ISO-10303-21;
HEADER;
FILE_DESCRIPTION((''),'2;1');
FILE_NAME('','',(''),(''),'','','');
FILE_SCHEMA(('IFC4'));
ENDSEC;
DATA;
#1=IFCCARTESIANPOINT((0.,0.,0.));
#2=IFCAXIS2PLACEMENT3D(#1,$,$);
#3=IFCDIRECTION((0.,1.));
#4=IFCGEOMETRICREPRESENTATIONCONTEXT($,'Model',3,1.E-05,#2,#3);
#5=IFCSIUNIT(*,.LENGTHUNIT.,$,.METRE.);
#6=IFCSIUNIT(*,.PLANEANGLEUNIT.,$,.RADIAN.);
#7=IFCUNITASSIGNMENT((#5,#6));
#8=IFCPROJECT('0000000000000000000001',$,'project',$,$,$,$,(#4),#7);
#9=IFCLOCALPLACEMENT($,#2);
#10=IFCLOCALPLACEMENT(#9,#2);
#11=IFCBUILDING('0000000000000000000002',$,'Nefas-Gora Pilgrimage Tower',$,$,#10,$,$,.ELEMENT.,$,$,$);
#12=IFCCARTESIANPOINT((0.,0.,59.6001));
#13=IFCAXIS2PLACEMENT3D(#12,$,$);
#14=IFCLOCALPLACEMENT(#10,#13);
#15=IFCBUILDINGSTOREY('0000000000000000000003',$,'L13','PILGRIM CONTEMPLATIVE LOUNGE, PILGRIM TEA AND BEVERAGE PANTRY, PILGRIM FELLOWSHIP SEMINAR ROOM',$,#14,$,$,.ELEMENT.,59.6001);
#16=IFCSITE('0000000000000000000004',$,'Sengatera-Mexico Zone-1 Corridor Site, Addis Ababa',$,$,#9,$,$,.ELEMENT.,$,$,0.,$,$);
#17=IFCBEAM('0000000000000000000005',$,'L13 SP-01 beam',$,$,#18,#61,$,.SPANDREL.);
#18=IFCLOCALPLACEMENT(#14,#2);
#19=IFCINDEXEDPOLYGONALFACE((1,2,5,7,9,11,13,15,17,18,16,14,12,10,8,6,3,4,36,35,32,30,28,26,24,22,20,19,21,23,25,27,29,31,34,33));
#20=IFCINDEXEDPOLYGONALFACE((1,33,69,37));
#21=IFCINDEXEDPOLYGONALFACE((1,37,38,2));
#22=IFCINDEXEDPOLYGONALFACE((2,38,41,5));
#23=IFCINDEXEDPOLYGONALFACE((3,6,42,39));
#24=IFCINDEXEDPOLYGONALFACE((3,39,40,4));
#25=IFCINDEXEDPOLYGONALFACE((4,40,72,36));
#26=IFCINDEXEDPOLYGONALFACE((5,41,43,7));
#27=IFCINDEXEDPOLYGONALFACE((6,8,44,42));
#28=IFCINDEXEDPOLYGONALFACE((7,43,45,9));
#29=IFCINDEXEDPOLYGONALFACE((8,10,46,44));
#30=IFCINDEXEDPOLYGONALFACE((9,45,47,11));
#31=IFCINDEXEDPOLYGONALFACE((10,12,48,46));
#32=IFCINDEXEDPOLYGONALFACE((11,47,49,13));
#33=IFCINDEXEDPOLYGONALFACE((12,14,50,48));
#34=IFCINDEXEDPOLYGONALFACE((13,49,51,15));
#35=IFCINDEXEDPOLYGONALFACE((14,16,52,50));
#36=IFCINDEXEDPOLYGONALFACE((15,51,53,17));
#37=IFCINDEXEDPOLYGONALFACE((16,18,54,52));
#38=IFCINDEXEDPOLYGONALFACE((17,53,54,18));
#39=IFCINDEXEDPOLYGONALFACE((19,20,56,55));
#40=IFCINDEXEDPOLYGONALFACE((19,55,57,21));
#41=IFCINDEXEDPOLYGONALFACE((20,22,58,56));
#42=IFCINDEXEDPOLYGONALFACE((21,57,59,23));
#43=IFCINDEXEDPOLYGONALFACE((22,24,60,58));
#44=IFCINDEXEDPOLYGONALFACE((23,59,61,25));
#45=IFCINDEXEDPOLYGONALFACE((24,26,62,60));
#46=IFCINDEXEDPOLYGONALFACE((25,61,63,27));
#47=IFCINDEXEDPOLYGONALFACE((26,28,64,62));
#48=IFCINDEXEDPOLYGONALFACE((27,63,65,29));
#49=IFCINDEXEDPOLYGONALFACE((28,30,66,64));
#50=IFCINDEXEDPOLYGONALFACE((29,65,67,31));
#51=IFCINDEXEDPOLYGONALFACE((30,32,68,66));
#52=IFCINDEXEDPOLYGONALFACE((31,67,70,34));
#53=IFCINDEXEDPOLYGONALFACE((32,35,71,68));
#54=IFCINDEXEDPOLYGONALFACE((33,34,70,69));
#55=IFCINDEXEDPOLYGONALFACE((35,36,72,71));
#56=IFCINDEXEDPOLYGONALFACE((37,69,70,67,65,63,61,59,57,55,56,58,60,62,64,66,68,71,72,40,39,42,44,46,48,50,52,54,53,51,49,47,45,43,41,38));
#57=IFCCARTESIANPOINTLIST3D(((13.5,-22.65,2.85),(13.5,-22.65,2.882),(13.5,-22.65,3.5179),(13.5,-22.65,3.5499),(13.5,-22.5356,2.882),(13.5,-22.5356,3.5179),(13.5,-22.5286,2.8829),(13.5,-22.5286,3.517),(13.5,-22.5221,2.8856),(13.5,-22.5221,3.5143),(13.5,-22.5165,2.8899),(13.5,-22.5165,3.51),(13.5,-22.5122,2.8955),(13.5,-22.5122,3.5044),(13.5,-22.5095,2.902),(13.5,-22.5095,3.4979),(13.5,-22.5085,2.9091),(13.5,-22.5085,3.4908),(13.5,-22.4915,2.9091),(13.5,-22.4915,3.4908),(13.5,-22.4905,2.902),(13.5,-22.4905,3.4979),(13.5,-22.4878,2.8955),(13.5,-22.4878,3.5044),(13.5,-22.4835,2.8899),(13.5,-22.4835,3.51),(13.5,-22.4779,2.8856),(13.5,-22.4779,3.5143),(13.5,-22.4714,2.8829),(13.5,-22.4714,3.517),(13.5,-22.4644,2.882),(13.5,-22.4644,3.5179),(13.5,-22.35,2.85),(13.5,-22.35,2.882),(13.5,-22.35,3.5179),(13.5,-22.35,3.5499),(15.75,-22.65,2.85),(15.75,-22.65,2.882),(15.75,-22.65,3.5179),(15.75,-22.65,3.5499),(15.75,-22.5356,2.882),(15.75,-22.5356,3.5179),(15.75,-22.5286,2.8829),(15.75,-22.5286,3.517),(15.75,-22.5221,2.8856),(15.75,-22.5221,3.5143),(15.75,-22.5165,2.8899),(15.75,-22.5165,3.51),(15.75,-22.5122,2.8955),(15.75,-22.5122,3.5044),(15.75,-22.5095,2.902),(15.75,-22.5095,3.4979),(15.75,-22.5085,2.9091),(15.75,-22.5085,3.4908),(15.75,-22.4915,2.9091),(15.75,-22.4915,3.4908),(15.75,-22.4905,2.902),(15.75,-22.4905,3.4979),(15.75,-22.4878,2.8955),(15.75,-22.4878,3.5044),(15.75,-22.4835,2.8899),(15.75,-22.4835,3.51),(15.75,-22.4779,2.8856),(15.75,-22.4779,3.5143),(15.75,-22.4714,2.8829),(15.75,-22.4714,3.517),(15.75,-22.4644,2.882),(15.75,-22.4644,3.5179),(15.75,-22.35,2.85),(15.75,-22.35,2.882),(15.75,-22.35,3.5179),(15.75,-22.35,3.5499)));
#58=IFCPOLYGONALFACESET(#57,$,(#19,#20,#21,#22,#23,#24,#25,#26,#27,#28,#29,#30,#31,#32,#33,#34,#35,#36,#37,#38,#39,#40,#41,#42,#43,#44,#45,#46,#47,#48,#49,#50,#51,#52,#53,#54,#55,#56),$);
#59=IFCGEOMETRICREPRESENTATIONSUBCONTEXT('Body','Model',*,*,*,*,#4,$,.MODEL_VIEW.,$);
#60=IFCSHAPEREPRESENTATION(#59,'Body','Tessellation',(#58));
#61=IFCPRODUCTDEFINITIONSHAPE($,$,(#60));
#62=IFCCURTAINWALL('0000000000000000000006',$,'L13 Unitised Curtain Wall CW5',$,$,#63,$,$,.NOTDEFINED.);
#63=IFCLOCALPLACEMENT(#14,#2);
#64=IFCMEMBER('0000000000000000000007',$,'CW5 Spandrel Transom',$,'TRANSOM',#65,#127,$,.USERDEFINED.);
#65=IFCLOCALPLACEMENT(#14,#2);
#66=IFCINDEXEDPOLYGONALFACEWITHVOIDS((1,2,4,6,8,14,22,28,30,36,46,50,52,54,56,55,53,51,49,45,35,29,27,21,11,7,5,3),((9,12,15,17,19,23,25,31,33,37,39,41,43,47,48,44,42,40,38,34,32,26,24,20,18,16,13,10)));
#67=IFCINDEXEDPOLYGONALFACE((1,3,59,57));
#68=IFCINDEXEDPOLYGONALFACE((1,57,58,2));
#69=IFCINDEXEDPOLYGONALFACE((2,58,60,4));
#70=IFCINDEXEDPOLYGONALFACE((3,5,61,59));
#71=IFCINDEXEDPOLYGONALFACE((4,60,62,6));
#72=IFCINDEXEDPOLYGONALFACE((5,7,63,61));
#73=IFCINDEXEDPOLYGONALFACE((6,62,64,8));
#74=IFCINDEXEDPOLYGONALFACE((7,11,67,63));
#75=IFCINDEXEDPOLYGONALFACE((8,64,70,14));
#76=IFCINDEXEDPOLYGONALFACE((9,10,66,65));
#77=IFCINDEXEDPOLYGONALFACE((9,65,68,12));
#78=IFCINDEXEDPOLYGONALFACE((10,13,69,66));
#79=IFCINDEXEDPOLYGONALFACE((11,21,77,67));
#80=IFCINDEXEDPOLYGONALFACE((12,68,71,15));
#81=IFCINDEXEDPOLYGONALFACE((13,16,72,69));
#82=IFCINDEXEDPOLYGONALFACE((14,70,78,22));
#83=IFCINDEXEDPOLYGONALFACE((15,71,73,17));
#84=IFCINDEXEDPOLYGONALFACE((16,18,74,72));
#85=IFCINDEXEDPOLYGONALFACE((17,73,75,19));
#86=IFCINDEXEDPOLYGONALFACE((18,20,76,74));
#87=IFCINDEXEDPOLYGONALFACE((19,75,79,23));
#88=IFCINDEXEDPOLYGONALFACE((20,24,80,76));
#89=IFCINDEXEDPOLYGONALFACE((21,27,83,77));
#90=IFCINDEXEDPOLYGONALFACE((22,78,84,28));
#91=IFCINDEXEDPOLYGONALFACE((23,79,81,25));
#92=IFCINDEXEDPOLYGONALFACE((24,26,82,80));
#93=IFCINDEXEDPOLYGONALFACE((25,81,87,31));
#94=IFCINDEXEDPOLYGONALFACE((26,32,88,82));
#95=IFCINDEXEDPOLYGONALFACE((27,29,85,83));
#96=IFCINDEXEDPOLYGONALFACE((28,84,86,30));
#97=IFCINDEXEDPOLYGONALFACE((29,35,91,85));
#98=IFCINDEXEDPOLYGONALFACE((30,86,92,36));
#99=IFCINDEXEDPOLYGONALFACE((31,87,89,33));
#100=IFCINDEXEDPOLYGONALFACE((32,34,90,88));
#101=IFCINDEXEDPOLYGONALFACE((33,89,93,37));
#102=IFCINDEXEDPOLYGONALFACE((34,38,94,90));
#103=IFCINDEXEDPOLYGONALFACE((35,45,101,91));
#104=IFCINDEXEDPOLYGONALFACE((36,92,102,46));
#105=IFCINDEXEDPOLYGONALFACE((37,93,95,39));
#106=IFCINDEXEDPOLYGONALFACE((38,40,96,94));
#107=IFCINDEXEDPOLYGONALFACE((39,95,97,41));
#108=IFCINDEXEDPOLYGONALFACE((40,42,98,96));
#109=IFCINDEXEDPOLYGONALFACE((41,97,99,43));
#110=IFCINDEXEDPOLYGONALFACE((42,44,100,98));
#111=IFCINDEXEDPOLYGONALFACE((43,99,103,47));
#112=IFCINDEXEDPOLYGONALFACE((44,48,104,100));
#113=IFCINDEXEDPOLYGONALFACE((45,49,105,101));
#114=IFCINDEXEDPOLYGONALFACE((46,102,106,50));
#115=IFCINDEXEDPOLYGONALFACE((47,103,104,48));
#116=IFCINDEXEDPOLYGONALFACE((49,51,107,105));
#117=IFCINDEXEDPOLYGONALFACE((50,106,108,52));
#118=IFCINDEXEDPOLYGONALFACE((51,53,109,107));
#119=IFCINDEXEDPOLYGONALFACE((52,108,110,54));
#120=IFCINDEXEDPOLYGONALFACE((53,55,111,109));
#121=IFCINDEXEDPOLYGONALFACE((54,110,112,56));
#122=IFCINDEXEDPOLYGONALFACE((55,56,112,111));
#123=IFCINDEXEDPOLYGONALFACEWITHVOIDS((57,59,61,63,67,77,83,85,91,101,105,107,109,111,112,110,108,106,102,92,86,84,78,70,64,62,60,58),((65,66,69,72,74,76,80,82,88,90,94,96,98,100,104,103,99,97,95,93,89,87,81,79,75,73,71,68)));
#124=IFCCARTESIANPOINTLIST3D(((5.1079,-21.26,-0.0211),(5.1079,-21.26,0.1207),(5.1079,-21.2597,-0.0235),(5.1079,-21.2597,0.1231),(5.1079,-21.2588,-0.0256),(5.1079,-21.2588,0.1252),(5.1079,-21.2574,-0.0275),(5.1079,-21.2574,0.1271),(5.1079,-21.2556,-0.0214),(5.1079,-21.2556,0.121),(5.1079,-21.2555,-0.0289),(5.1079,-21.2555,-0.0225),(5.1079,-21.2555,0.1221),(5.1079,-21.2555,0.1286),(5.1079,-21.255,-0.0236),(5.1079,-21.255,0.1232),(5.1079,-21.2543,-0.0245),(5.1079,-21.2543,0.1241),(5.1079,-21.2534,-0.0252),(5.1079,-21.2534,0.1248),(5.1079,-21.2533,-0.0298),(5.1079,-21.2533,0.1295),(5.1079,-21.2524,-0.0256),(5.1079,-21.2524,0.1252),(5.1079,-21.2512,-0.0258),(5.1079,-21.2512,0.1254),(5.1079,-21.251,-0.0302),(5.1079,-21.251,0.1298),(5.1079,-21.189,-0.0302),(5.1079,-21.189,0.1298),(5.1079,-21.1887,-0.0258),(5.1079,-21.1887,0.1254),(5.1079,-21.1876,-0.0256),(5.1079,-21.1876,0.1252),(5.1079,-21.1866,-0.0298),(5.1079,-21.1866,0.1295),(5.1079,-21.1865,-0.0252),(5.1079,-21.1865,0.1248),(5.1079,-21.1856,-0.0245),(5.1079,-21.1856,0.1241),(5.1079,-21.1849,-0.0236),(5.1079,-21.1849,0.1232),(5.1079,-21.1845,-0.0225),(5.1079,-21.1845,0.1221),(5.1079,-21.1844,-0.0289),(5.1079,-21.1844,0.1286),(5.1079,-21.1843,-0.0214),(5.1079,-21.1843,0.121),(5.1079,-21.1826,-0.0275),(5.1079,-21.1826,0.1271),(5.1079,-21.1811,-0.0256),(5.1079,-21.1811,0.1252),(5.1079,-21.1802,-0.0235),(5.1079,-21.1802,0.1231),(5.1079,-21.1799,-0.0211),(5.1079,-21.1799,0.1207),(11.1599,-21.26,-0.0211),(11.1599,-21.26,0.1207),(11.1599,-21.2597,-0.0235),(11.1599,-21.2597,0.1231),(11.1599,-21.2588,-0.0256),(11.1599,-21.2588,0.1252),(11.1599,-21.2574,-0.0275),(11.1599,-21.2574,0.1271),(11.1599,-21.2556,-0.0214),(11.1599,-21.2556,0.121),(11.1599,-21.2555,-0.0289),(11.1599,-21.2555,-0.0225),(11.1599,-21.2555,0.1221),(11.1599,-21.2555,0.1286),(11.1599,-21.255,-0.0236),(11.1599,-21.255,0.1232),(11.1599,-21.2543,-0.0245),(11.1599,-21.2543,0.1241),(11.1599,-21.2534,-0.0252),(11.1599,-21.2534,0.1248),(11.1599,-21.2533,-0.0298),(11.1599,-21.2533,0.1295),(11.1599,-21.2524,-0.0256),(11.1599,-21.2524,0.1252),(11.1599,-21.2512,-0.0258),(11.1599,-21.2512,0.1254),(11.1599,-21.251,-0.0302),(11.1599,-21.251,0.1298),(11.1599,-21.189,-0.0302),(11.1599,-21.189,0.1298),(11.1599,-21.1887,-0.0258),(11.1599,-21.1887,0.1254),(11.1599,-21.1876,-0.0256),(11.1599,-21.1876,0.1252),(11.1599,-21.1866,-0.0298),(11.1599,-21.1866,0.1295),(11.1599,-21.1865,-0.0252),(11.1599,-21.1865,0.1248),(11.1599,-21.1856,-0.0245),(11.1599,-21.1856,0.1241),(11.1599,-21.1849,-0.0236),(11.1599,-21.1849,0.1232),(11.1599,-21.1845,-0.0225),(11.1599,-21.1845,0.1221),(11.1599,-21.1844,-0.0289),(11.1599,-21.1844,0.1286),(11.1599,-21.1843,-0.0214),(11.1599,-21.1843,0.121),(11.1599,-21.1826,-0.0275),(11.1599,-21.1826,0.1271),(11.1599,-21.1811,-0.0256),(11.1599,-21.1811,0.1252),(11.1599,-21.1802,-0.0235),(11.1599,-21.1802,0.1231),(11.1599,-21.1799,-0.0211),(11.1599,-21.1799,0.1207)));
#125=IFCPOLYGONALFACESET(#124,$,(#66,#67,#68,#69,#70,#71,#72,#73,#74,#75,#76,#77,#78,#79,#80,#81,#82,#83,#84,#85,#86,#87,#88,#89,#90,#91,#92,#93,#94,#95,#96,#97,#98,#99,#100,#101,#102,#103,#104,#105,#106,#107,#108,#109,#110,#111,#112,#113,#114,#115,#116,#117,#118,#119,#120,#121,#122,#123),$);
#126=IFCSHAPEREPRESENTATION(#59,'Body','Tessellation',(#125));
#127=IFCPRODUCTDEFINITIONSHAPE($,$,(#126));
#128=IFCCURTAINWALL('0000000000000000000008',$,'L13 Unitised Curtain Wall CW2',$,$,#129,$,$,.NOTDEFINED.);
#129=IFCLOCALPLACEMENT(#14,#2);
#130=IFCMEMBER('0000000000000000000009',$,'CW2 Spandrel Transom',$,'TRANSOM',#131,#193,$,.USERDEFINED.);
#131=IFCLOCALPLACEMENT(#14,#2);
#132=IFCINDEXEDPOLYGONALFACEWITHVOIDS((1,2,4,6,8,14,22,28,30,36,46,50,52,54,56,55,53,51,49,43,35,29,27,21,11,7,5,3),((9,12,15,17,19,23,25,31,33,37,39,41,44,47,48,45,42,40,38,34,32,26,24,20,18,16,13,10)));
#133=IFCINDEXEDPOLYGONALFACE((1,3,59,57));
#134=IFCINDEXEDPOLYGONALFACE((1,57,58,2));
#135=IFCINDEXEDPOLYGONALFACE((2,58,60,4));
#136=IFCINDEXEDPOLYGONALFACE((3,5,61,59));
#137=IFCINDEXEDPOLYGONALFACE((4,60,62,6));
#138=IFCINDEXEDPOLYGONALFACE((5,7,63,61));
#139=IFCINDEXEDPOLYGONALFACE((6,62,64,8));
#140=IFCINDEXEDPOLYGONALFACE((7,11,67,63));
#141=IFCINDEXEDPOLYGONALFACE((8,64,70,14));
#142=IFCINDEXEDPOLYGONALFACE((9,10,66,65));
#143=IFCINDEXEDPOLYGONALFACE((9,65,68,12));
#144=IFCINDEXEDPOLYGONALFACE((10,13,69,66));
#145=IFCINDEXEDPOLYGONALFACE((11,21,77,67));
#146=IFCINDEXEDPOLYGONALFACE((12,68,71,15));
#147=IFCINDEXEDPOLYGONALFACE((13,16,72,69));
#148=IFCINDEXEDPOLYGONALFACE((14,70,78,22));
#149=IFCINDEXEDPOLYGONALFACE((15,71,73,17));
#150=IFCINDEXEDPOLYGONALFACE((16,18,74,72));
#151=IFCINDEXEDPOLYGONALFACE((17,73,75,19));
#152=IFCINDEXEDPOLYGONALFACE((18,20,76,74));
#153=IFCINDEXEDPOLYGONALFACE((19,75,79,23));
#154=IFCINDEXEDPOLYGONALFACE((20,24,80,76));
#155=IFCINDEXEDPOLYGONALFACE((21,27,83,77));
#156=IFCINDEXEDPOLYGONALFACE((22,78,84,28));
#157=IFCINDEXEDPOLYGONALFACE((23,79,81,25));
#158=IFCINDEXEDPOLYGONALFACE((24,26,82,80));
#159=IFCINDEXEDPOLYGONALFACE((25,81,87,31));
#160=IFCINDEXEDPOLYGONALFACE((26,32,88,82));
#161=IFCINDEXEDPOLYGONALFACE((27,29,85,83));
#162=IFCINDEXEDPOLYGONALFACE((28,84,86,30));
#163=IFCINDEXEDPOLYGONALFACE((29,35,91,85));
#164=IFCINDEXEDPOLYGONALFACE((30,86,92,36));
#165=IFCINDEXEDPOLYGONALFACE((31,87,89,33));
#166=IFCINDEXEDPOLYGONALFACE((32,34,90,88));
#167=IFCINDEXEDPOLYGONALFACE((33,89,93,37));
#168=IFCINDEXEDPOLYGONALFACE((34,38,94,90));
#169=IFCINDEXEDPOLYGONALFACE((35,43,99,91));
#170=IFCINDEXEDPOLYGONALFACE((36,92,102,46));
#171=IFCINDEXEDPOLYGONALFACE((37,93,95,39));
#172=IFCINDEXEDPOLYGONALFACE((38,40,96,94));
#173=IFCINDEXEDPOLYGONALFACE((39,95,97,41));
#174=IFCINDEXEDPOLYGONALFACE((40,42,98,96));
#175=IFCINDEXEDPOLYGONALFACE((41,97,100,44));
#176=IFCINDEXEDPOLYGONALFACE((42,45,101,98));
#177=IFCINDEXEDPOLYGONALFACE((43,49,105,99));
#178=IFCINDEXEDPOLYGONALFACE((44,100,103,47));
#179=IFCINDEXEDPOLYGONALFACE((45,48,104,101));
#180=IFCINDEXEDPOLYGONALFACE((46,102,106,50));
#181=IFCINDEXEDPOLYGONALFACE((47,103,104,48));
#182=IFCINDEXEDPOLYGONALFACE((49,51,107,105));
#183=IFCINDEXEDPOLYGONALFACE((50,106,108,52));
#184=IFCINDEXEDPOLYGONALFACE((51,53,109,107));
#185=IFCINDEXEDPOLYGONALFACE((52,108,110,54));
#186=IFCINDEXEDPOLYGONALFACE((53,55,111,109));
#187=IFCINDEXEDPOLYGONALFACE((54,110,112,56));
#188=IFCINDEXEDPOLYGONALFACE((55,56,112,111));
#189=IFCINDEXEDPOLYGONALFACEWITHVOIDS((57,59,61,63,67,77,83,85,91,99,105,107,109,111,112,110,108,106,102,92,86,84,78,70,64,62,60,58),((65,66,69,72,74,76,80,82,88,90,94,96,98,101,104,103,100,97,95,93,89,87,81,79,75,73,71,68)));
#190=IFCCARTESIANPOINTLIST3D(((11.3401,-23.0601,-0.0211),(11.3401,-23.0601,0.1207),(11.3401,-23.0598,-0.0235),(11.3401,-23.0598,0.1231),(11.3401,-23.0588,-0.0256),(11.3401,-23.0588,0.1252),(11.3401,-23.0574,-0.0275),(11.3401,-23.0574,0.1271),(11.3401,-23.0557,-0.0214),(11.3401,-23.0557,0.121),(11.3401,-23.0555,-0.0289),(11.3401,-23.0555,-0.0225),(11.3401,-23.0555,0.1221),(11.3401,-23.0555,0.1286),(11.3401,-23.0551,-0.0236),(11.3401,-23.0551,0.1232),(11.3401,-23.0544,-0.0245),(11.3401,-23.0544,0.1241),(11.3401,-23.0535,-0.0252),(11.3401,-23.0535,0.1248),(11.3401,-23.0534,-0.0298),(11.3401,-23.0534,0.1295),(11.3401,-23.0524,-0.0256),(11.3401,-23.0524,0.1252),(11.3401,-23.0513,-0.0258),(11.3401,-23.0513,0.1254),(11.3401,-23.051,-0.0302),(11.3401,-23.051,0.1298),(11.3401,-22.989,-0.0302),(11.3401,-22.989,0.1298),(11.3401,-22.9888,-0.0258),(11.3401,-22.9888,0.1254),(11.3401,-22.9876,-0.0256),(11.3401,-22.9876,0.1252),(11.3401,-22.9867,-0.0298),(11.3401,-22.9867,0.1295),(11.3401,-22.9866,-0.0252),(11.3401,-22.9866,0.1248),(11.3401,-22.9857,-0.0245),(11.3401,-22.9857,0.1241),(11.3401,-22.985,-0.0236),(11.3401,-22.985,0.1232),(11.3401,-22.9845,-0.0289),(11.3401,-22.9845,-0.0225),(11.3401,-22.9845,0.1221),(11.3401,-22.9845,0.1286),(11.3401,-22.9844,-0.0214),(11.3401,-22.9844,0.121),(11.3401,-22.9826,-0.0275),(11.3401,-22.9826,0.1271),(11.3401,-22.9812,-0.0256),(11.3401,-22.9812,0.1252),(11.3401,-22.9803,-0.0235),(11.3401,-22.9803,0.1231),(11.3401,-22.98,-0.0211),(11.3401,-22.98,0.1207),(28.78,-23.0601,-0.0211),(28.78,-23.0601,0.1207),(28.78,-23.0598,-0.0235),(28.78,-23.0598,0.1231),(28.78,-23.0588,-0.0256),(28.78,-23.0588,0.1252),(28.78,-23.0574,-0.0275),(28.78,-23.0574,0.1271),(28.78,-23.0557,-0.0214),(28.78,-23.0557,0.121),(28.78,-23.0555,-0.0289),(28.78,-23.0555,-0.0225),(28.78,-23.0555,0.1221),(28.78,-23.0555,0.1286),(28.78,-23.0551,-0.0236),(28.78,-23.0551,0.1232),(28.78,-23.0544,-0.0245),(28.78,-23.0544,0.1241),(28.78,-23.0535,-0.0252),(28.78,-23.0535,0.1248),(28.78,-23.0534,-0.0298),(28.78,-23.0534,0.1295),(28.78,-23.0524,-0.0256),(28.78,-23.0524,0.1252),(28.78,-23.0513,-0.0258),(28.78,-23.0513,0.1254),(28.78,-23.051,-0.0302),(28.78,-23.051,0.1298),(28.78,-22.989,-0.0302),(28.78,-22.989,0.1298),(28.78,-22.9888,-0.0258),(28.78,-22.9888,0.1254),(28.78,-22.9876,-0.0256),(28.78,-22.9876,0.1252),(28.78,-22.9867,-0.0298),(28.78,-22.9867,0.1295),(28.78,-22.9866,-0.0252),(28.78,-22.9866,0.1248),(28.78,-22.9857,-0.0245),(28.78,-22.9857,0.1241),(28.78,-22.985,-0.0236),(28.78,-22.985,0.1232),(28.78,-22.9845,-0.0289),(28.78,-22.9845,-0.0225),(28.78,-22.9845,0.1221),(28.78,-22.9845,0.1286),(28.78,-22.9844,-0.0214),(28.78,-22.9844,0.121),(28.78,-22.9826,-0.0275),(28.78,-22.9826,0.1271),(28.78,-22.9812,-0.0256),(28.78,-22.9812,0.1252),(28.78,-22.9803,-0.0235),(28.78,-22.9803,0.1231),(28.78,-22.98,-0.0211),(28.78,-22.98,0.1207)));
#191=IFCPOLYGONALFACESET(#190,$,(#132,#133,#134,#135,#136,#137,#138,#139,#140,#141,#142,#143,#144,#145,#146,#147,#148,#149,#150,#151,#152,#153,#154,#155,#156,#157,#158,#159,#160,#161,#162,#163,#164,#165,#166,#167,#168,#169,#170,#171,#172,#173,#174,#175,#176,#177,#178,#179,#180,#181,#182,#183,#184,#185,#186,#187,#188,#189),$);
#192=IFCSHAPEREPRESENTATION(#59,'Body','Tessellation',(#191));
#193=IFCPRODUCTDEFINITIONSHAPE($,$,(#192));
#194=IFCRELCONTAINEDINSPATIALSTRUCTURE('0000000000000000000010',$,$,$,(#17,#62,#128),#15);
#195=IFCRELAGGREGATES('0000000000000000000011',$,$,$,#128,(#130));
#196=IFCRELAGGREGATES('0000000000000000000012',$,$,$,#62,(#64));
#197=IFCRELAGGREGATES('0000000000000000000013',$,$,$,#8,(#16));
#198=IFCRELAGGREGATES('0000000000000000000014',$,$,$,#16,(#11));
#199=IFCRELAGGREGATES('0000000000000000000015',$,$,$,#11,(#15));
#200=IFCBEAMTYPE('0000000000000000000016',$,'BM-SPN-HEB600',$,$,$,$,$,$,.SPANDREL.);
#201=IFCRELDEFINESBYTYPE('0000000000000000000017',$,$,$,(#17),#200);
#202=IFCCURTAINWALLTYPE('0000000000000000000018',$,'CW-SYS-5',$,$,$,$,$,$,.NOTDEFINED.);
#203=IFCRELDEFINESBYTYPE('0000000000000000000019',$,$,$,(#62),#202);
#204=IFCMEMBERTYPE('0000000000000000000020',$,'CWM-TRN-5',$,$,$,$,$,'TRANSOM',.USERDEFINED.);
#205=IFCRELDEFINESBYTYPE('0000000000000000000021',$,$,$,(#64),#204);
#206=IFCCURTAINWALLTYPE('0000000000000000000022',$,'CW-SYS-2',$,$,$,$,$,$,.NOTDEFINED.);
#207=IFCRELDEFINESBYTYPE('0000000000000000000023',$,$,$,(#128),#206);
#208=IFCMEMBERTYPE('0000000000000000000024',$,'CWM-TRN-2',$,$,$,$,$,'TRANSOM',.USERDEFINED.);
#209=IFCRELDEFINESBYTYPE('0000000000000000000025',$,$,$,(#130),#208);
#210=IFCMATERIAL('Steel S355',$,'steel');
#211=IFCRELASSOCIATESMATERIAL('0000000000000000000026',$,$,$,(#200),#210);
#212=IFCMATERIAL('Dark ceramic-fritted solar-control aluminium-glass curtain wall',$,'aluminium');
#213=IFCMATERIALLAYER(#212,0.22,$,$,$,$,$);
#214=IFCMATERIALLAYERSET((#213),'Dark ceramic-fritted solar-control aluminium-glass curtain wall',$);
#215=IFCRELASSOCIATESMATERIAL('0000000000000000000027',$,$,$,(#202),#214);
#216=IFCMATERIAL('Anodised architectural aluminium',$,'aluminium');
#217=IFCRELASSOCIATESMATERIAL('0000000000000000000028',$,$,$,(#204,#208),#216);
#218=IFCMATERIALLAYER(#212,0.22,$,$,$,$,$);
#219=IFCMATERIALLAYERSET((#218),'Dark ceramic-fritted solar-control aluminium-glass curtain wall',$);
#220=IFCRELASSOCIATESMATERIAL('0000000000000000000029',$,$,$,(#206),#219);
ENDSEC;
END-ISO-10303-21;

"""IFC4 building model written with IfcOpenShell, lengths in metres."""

from ifc_helpers import new_model, si_unit, direction, frame, origin, origin_2d, place, context, subcontext, project, spatial, hollow_rectangle, i_section, extrude, source, transform, mapped, material, layer, layer_set, material_profile, profile_set, type_object, element, aggregate, save


model = new_model("IFC4")

# Units and contexts
model_context = context("Model", 3, precision=1e-05, world=origin(), true_north=direction((0.0, 1.0)))
body_context = subcontext(model_context, "Body", "Model", "MODEL_VIEW")
ifc_project = project(units=[si_unit("LENGTHUNIT", "METRE"), si_unit("PLANEANGLEUNIT", "RADIAN")], contexts=[model_context])

# Site, building, storey
site_placement = place(None, origin())
site = spatial("IfcSite", under=ifc_project, at=site_placement, Name="Sengatera-Mexico Zone-1 Corridor Site, Addis Ababa", CompositionType="ELEMENT", RefElevation=0.0)
building_placement = place(site_placement, origin())
building = spatial("IfcBuilding", under=site, at=building_placement, Name="Nefas-Gora Pilgrimage Tower", CompositionType="ELEMENT")
storey_placement = place(building_placement, frame((0.0, 0.0, 59.6001)))
storey = spatial("IfcBuildingStorey", under=building, at=storey_placement, Name="L13", Description="PILGRIM CONTEMPLATIVE LOUNGE, PILGRIM TEA AND BEVERAGE PANTRY, PILGRIM FELLOWSHIP SEMINAR ROOM", CompositionType="ELEMENT", Elevation=59.6001)

# Beam
ifc_material_1 = material(Name="Steel S355", Category="steel")
ifc_material_profile_1 = material_profile(ifc_material_1, i_section(OverallWidth=0.3, OverallDepth=0.7, WebThickness=0.0171, FlangeThickness=0.032, FilletRadius=0.0271, at=origin_2d()), Name="HEB 700")
ifc_profile_set_1 = profile_set([ifc_material_profile_1], Name="Steel S355")
beam_type_1 = type_object("IfcBeamType", Name="BM-SPN-HEB600", PredefinedType="SPANDREL", material=ifc_profile_set_1)
shared_shape_1 = source(origin(), body_context, "Body", "SweptSolid", [
    extrude(i_section(OverallWidth=0.3, OverallDepth=0.7, WebThickness=0.0171, FlangeThickness=0.032, FilletRadius=0.0271, at=origin_2d()), origin(), (0.0, 0.0, 1.0), 2.25),
])
beam_1_placement = place(storey_placement, frame((13.5, -22.5, 3.2), z_axis=(1.0, 0.0, 0.0), x_axis=(0.0, 1.0, 0.0)))
element("IfcBeam", 1, at=beam_1_placement, inside=storey, type_object=beam_type_1, Name="L13 SP-01 beam", PredefinedType="SPANDREL", context=body_context, shape_type="MappedRepresentation", body=[
    mapped(shared_shape_1, transform((0.0, 0.0, 0.0), x_axis=(1.0, 0.0, 0.0), y_axis=(0.0, 1.0, 0.0), z_axis=(0.0, 0.0, 1.0), scale=1.0)),
])

# Curtain walls, members
ifc_material_2 = material(Name="Dark ceramic-fritted solar-control aluminium-glass curtain wall", Category="aluminium")
ifc_layer_1 = layer(ifc_material_2, 0.22)
ifc_layer_set_1 = layer_set([ifc_layer_1], Name="Dark ceramic-fritted solar-control aluminium-glass curtain wall")
curtain_wall_type_1 = type_object("IfcCurtainWallType", Name="CW-SYS-5", PredefinedType="NOTDEFINED", material=ifc_layer_set_1)
curtain_wall_1_placement = place(storey_placement, origin())
curtain_wall_1 = element("IfcCurtainWall", 2, at=curtain_wall_1_placement, inside=storey, type_object=curtain_wall_type_1, Name="L13 Unitised Curtain Wall CW5", PredefinedType="NOTDEFINED")
ifc_material_3 = material(Name="Anodised architectural aluminium", Category="aluminium")
ifc_material_profile_2 = material_profile(ifc_material_3, hollow_rectangle(XDim=0.0801, YDim=0.1599, WallThickness=0.0044, InnerFilletRadius=0.0044, OuterFilletRadius=0.009, at=origin_2d()), Name="ALU TRANSOM 80x160")
ifc_profile_set_2 = profile_set([ifc_material_profile_2], Name="Anodised architectural aluminium")
member_type_1 = type_object("IfcMemberType", Name="CWM-TRN-5", ElementType="TRANSOM", PredefinedType="USERDEFINED", material=ifc_profile_set_2)
shared_shape_2 = source(origin(), body_context, "Body", "SweptSolid", [
    extrude(hollow_rectangle(XDim=0.0801, YDim=0.1599, WallThickness=0.0044, InnerFilletRadius=0.0044, OuterFilletRadius=0.009, at=origin_2d()), origin(), (0.0, 0.0, 1.0), 6.052),
])
member_1_placement = place(storey_placement, frame((5.1079, -21.22, 0.0498), z_axis=(1.0, 0.0, 0.0), x_axis=(0.0, 1.0, 0.0)))
member_1 = element("IfcMember", 3, at=member_1_placement, type_object=member_type_1, Name="CW5 Spandrel Transom", ObjectType="TRANSOM", PredefinedType="USERDEFINED", context=body_context, shape_type="MappedRepresentation", body=[
    mapped(shared_shape_2, transform((0.0, 0.0, 0.0), x_axis=(1.0, 0.0, 0.0), y_axis=(0.0, 1.0, 0.0), z_axis=(0.0, 0.0, 1.0), scale=1.0)),
])
ifc_layer_2 = layer(ifc_material_2, 0.22)
ifc_layer_set_2 = layer_set([ifc_layer_2], Name="Dark ceramic-fritted solar-control aluminium-glass curtain wall")
curtain_wall_type_2 = type_object("IfcCurtainWallType", Name="CW-SYS-2", PredefinedType="NOTDEFINED", material=ifc_layer_set_2)
curtain_wall_2_placement = place(storey_placement, origin())
curtain_wall_2 = element("IfcCurtainWall", 4, at=curtain_wall_2_placement, inside=storey, type_object=curtain_wall_type_2, Name="L13 Unitised Curtain Wall CW2", PredefinedType="NOTDEFINED")
ifc_material_profile_3 = material_profile(ifc_material_3, hollow_rectangle(XDim=0.0801, YDim=0.1599, WallThickness=0.0044, InnerFilletRadius=0.0044, OuterFilletRadius=0.009, at=origin_2d()), Name="ALU TRANSOM 80x160")
ifc_profile_set_3 = profile_set([ifc_material_profile_3], Name="Anodised architectural aluminium")
member_type_2 = type_object("IfcMemberType", Name="CWM-TRN-2", ElementType="TRANSOM", PredefinedType="USERDEFINED", material=ifc_profile_set_3)
shared_shape_3 = source(origin(), body_context, "Body", "SweptSolid", [
    extrude(hollow_rectangle(XDim=0.0801, YDim=0.1599, WallThickness=0.0044, InnerFilletRadius=0.0044, OuterFilletRadius=0.009, at=origin_2d()), origin(), (0.0, 0.0, 1.0), 17.4399),
])
member_2_placement = place(storey_placement, frame((11.3401, -23.02, 0.0498), z_axis=(1.0, 0.0, 0.0), x_axis=(0.0, 1.0, 0.0)))
member_2 = element("IfcMember", 5, at=member_2_placement, type_object=member_type_2, Name="CW2 Spandrel Transom", ObjectType="TRANSOM", PredefinedType="USERDEFINED", context=body_context, shape_type="MappedRepresentation", body=[
    mapped(shared_shape_3, transform((0.0, 0.0, 0.0), x_axis=(1.0, 0.0, 0.0), y_axis=(0.0, 1.0, 0.0), z_axis=(0.0, 0.0, 1.0), scale=1.0)),
])

aggregate(curtain_wall_2, [member_2])

aggregate(curtain_wall_1, [member_1])

save(model, "model.ifc")
